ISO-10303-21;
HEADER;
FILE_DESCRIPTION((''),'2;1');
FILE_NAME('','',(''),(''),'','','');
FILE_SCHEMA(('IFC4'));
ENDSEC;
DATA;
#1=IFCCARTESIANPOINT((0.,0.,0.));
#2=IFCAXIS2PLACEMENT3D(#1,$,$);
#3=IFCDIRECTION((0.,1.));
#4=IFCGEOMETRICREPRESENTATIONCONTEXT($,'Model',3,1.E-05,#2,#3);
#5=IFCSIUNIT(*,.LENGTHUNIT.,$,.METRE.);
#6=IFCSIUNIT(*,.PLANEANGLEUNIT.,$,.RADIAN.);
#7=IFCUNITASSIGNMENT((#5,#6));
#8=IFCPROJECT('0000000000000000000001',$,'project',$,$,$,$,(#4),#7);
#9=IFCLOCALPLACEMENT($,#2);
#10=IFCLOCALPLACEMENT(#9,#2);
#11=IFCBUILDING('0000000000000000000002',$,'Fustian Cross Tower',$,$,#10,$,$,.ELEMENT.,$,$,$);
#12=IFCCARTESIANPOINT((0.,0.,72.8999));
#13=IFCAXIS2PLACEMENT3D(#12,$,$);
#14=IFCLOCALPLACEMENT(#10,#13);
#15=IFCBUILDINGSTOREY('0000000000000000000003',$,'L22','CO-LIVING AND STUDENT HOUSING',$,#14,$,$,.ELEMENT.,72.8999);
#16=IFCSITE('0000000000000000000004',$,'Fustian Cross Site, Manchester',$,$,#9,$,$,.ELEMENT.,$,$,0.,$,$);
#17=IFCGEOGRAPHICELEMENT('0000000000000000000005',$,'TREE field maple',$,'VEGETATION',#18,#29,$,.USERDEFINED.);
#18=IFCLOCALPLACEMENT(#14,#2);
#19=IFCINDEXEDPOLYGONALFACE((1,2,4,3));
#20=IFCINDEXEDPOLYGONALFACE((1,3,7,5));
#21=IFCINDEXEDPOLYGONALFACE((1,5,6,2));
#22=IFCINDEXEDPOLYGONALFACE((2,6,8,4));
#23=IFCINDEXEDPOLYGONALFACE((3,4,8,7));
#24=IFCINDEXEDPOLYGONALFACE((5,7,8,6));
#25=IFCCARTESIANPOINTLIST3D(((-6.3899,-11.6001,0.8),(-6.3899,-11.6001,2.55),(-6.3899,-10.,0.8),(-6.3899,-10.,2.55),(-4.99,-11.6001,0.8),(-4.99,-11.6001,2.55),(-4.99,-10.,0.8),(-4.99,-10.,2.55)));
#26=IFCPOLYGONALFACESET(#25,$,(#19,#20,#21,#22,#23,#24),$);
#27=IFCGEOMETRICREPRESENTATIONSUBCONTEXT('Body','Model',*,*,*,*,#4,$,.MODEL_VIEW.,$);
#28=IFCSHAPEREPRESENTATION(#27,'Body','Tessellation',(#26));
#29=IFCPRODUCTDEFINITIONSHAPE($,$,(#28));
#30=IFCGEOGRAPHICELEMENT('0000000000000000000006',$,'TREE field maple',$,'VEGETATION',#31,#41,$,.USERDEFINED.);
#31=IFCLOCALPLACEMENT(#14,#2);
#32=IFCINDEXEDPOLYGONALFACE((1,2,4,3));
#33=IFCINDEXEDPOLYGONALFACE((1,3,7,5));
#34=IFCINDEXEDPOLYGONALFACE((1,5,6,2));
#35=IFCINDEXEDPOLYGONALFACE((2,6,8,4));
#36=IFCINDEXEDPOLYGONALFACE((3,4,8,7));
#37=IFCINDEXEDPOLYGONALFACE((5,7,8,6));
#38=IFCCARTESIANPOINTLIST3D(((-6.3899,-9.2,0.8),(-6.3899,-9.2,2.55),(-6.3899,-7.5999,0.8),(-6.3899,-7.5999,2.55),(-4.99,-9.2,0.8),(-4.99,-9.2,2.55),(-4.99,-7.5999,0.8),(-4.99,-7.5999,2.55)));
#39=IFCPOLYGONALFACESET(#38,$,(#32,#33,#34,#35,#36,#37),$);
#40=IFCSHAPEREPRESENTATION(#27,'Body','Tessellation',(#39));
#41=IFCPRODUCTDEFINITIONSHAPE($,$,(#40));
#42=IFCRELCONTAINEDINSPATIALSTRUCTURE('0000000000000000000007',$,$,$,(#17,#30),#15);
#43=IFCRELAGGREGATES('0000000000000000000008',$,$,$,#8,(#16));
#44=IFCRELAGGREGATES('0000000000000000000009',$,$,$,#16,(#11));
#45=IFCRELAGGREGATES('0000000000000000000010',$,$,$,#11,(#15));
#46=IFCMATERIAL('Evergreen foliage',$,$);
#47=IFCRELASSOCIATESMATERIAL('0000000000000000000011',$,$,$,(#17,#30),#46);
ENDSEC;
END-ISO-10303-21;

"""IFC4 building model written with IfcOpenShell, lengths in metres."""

from ifc_helpers import new_model, si_unit, direction, frame, origin, origin_2d, place, context, subcontext, project, spatial, rectangle, extrude, material, element, save


model = new_model("IFC4")

# Units and contexts
model_context = context("Model", 3, precision=1e-05, world=origin(), true_north=direction((0.0, 1.0)))
body_context = subcontext(model_context, "Body", "Model", "MODEL_VIEW")
ifc_project = project(units=[si_unit("LENGTHUNIT", "METRE"), si_unit("PLANEANGLEUNIT", "RADIAN")], contexts=[model_context])

# Site, building, storey
site_placement = place(None, origin())
site = spatial("IfcSite", under=ifc_project, at=site_placement, Name="Fustian Cross Site, Manchester", CompositionType="ELEMENT", RefElevation=0.0)
building_placement = place(site_placement, origin())
building = spatial("IfcBuilding", under=site, at=building_placement, Name="Fustian Cross Tower", CompositionType="ELEMENT")
storey_placement = place(building_placement, frame((0.0, 0.0, 72.8999)))
storey = spatial("IfcBuildingStorey", under=building, at=storey_placement, Name="L22", Description="CO-LIVING AND STUDENT HOUSING", CompositionType="ELEMENT", Elevation=72.8999)

# Geographic elements
ifc_material_1 = material(Name="Evergreen foliage")
for number, where, z_axis, x_axis, name in (
    (1, (-5.6899, -10.8, 0.8), (0.0, 0.0, 1.0), (1.0, 0.0, 0.0), "TREE field maple"),
    (2, (-5.6899, -8.3999, 0.8), (0.0, 0.0, 1.0), (1.0, 0.0, 0.0), "TREE field maple"),
):
    element("IfcGeographicElement", number, at=place(storey_placement, frame(where, z_axis=z_axis, x_axis=x_axis)), inside=storey, material=ifc_material_1, Name=name, ObjectType="VEGETATION", PredefinedType="USERDEFINED", context=body_context, shape_type="SweptSolid", body=[
        extrude(rectangle(XDim=1.3999, YDim=1.6001, at=origin_2d()), origin(), (0.0, 0.0, 1.0), 1.75),
    ])

save(model, "model.ifc")
